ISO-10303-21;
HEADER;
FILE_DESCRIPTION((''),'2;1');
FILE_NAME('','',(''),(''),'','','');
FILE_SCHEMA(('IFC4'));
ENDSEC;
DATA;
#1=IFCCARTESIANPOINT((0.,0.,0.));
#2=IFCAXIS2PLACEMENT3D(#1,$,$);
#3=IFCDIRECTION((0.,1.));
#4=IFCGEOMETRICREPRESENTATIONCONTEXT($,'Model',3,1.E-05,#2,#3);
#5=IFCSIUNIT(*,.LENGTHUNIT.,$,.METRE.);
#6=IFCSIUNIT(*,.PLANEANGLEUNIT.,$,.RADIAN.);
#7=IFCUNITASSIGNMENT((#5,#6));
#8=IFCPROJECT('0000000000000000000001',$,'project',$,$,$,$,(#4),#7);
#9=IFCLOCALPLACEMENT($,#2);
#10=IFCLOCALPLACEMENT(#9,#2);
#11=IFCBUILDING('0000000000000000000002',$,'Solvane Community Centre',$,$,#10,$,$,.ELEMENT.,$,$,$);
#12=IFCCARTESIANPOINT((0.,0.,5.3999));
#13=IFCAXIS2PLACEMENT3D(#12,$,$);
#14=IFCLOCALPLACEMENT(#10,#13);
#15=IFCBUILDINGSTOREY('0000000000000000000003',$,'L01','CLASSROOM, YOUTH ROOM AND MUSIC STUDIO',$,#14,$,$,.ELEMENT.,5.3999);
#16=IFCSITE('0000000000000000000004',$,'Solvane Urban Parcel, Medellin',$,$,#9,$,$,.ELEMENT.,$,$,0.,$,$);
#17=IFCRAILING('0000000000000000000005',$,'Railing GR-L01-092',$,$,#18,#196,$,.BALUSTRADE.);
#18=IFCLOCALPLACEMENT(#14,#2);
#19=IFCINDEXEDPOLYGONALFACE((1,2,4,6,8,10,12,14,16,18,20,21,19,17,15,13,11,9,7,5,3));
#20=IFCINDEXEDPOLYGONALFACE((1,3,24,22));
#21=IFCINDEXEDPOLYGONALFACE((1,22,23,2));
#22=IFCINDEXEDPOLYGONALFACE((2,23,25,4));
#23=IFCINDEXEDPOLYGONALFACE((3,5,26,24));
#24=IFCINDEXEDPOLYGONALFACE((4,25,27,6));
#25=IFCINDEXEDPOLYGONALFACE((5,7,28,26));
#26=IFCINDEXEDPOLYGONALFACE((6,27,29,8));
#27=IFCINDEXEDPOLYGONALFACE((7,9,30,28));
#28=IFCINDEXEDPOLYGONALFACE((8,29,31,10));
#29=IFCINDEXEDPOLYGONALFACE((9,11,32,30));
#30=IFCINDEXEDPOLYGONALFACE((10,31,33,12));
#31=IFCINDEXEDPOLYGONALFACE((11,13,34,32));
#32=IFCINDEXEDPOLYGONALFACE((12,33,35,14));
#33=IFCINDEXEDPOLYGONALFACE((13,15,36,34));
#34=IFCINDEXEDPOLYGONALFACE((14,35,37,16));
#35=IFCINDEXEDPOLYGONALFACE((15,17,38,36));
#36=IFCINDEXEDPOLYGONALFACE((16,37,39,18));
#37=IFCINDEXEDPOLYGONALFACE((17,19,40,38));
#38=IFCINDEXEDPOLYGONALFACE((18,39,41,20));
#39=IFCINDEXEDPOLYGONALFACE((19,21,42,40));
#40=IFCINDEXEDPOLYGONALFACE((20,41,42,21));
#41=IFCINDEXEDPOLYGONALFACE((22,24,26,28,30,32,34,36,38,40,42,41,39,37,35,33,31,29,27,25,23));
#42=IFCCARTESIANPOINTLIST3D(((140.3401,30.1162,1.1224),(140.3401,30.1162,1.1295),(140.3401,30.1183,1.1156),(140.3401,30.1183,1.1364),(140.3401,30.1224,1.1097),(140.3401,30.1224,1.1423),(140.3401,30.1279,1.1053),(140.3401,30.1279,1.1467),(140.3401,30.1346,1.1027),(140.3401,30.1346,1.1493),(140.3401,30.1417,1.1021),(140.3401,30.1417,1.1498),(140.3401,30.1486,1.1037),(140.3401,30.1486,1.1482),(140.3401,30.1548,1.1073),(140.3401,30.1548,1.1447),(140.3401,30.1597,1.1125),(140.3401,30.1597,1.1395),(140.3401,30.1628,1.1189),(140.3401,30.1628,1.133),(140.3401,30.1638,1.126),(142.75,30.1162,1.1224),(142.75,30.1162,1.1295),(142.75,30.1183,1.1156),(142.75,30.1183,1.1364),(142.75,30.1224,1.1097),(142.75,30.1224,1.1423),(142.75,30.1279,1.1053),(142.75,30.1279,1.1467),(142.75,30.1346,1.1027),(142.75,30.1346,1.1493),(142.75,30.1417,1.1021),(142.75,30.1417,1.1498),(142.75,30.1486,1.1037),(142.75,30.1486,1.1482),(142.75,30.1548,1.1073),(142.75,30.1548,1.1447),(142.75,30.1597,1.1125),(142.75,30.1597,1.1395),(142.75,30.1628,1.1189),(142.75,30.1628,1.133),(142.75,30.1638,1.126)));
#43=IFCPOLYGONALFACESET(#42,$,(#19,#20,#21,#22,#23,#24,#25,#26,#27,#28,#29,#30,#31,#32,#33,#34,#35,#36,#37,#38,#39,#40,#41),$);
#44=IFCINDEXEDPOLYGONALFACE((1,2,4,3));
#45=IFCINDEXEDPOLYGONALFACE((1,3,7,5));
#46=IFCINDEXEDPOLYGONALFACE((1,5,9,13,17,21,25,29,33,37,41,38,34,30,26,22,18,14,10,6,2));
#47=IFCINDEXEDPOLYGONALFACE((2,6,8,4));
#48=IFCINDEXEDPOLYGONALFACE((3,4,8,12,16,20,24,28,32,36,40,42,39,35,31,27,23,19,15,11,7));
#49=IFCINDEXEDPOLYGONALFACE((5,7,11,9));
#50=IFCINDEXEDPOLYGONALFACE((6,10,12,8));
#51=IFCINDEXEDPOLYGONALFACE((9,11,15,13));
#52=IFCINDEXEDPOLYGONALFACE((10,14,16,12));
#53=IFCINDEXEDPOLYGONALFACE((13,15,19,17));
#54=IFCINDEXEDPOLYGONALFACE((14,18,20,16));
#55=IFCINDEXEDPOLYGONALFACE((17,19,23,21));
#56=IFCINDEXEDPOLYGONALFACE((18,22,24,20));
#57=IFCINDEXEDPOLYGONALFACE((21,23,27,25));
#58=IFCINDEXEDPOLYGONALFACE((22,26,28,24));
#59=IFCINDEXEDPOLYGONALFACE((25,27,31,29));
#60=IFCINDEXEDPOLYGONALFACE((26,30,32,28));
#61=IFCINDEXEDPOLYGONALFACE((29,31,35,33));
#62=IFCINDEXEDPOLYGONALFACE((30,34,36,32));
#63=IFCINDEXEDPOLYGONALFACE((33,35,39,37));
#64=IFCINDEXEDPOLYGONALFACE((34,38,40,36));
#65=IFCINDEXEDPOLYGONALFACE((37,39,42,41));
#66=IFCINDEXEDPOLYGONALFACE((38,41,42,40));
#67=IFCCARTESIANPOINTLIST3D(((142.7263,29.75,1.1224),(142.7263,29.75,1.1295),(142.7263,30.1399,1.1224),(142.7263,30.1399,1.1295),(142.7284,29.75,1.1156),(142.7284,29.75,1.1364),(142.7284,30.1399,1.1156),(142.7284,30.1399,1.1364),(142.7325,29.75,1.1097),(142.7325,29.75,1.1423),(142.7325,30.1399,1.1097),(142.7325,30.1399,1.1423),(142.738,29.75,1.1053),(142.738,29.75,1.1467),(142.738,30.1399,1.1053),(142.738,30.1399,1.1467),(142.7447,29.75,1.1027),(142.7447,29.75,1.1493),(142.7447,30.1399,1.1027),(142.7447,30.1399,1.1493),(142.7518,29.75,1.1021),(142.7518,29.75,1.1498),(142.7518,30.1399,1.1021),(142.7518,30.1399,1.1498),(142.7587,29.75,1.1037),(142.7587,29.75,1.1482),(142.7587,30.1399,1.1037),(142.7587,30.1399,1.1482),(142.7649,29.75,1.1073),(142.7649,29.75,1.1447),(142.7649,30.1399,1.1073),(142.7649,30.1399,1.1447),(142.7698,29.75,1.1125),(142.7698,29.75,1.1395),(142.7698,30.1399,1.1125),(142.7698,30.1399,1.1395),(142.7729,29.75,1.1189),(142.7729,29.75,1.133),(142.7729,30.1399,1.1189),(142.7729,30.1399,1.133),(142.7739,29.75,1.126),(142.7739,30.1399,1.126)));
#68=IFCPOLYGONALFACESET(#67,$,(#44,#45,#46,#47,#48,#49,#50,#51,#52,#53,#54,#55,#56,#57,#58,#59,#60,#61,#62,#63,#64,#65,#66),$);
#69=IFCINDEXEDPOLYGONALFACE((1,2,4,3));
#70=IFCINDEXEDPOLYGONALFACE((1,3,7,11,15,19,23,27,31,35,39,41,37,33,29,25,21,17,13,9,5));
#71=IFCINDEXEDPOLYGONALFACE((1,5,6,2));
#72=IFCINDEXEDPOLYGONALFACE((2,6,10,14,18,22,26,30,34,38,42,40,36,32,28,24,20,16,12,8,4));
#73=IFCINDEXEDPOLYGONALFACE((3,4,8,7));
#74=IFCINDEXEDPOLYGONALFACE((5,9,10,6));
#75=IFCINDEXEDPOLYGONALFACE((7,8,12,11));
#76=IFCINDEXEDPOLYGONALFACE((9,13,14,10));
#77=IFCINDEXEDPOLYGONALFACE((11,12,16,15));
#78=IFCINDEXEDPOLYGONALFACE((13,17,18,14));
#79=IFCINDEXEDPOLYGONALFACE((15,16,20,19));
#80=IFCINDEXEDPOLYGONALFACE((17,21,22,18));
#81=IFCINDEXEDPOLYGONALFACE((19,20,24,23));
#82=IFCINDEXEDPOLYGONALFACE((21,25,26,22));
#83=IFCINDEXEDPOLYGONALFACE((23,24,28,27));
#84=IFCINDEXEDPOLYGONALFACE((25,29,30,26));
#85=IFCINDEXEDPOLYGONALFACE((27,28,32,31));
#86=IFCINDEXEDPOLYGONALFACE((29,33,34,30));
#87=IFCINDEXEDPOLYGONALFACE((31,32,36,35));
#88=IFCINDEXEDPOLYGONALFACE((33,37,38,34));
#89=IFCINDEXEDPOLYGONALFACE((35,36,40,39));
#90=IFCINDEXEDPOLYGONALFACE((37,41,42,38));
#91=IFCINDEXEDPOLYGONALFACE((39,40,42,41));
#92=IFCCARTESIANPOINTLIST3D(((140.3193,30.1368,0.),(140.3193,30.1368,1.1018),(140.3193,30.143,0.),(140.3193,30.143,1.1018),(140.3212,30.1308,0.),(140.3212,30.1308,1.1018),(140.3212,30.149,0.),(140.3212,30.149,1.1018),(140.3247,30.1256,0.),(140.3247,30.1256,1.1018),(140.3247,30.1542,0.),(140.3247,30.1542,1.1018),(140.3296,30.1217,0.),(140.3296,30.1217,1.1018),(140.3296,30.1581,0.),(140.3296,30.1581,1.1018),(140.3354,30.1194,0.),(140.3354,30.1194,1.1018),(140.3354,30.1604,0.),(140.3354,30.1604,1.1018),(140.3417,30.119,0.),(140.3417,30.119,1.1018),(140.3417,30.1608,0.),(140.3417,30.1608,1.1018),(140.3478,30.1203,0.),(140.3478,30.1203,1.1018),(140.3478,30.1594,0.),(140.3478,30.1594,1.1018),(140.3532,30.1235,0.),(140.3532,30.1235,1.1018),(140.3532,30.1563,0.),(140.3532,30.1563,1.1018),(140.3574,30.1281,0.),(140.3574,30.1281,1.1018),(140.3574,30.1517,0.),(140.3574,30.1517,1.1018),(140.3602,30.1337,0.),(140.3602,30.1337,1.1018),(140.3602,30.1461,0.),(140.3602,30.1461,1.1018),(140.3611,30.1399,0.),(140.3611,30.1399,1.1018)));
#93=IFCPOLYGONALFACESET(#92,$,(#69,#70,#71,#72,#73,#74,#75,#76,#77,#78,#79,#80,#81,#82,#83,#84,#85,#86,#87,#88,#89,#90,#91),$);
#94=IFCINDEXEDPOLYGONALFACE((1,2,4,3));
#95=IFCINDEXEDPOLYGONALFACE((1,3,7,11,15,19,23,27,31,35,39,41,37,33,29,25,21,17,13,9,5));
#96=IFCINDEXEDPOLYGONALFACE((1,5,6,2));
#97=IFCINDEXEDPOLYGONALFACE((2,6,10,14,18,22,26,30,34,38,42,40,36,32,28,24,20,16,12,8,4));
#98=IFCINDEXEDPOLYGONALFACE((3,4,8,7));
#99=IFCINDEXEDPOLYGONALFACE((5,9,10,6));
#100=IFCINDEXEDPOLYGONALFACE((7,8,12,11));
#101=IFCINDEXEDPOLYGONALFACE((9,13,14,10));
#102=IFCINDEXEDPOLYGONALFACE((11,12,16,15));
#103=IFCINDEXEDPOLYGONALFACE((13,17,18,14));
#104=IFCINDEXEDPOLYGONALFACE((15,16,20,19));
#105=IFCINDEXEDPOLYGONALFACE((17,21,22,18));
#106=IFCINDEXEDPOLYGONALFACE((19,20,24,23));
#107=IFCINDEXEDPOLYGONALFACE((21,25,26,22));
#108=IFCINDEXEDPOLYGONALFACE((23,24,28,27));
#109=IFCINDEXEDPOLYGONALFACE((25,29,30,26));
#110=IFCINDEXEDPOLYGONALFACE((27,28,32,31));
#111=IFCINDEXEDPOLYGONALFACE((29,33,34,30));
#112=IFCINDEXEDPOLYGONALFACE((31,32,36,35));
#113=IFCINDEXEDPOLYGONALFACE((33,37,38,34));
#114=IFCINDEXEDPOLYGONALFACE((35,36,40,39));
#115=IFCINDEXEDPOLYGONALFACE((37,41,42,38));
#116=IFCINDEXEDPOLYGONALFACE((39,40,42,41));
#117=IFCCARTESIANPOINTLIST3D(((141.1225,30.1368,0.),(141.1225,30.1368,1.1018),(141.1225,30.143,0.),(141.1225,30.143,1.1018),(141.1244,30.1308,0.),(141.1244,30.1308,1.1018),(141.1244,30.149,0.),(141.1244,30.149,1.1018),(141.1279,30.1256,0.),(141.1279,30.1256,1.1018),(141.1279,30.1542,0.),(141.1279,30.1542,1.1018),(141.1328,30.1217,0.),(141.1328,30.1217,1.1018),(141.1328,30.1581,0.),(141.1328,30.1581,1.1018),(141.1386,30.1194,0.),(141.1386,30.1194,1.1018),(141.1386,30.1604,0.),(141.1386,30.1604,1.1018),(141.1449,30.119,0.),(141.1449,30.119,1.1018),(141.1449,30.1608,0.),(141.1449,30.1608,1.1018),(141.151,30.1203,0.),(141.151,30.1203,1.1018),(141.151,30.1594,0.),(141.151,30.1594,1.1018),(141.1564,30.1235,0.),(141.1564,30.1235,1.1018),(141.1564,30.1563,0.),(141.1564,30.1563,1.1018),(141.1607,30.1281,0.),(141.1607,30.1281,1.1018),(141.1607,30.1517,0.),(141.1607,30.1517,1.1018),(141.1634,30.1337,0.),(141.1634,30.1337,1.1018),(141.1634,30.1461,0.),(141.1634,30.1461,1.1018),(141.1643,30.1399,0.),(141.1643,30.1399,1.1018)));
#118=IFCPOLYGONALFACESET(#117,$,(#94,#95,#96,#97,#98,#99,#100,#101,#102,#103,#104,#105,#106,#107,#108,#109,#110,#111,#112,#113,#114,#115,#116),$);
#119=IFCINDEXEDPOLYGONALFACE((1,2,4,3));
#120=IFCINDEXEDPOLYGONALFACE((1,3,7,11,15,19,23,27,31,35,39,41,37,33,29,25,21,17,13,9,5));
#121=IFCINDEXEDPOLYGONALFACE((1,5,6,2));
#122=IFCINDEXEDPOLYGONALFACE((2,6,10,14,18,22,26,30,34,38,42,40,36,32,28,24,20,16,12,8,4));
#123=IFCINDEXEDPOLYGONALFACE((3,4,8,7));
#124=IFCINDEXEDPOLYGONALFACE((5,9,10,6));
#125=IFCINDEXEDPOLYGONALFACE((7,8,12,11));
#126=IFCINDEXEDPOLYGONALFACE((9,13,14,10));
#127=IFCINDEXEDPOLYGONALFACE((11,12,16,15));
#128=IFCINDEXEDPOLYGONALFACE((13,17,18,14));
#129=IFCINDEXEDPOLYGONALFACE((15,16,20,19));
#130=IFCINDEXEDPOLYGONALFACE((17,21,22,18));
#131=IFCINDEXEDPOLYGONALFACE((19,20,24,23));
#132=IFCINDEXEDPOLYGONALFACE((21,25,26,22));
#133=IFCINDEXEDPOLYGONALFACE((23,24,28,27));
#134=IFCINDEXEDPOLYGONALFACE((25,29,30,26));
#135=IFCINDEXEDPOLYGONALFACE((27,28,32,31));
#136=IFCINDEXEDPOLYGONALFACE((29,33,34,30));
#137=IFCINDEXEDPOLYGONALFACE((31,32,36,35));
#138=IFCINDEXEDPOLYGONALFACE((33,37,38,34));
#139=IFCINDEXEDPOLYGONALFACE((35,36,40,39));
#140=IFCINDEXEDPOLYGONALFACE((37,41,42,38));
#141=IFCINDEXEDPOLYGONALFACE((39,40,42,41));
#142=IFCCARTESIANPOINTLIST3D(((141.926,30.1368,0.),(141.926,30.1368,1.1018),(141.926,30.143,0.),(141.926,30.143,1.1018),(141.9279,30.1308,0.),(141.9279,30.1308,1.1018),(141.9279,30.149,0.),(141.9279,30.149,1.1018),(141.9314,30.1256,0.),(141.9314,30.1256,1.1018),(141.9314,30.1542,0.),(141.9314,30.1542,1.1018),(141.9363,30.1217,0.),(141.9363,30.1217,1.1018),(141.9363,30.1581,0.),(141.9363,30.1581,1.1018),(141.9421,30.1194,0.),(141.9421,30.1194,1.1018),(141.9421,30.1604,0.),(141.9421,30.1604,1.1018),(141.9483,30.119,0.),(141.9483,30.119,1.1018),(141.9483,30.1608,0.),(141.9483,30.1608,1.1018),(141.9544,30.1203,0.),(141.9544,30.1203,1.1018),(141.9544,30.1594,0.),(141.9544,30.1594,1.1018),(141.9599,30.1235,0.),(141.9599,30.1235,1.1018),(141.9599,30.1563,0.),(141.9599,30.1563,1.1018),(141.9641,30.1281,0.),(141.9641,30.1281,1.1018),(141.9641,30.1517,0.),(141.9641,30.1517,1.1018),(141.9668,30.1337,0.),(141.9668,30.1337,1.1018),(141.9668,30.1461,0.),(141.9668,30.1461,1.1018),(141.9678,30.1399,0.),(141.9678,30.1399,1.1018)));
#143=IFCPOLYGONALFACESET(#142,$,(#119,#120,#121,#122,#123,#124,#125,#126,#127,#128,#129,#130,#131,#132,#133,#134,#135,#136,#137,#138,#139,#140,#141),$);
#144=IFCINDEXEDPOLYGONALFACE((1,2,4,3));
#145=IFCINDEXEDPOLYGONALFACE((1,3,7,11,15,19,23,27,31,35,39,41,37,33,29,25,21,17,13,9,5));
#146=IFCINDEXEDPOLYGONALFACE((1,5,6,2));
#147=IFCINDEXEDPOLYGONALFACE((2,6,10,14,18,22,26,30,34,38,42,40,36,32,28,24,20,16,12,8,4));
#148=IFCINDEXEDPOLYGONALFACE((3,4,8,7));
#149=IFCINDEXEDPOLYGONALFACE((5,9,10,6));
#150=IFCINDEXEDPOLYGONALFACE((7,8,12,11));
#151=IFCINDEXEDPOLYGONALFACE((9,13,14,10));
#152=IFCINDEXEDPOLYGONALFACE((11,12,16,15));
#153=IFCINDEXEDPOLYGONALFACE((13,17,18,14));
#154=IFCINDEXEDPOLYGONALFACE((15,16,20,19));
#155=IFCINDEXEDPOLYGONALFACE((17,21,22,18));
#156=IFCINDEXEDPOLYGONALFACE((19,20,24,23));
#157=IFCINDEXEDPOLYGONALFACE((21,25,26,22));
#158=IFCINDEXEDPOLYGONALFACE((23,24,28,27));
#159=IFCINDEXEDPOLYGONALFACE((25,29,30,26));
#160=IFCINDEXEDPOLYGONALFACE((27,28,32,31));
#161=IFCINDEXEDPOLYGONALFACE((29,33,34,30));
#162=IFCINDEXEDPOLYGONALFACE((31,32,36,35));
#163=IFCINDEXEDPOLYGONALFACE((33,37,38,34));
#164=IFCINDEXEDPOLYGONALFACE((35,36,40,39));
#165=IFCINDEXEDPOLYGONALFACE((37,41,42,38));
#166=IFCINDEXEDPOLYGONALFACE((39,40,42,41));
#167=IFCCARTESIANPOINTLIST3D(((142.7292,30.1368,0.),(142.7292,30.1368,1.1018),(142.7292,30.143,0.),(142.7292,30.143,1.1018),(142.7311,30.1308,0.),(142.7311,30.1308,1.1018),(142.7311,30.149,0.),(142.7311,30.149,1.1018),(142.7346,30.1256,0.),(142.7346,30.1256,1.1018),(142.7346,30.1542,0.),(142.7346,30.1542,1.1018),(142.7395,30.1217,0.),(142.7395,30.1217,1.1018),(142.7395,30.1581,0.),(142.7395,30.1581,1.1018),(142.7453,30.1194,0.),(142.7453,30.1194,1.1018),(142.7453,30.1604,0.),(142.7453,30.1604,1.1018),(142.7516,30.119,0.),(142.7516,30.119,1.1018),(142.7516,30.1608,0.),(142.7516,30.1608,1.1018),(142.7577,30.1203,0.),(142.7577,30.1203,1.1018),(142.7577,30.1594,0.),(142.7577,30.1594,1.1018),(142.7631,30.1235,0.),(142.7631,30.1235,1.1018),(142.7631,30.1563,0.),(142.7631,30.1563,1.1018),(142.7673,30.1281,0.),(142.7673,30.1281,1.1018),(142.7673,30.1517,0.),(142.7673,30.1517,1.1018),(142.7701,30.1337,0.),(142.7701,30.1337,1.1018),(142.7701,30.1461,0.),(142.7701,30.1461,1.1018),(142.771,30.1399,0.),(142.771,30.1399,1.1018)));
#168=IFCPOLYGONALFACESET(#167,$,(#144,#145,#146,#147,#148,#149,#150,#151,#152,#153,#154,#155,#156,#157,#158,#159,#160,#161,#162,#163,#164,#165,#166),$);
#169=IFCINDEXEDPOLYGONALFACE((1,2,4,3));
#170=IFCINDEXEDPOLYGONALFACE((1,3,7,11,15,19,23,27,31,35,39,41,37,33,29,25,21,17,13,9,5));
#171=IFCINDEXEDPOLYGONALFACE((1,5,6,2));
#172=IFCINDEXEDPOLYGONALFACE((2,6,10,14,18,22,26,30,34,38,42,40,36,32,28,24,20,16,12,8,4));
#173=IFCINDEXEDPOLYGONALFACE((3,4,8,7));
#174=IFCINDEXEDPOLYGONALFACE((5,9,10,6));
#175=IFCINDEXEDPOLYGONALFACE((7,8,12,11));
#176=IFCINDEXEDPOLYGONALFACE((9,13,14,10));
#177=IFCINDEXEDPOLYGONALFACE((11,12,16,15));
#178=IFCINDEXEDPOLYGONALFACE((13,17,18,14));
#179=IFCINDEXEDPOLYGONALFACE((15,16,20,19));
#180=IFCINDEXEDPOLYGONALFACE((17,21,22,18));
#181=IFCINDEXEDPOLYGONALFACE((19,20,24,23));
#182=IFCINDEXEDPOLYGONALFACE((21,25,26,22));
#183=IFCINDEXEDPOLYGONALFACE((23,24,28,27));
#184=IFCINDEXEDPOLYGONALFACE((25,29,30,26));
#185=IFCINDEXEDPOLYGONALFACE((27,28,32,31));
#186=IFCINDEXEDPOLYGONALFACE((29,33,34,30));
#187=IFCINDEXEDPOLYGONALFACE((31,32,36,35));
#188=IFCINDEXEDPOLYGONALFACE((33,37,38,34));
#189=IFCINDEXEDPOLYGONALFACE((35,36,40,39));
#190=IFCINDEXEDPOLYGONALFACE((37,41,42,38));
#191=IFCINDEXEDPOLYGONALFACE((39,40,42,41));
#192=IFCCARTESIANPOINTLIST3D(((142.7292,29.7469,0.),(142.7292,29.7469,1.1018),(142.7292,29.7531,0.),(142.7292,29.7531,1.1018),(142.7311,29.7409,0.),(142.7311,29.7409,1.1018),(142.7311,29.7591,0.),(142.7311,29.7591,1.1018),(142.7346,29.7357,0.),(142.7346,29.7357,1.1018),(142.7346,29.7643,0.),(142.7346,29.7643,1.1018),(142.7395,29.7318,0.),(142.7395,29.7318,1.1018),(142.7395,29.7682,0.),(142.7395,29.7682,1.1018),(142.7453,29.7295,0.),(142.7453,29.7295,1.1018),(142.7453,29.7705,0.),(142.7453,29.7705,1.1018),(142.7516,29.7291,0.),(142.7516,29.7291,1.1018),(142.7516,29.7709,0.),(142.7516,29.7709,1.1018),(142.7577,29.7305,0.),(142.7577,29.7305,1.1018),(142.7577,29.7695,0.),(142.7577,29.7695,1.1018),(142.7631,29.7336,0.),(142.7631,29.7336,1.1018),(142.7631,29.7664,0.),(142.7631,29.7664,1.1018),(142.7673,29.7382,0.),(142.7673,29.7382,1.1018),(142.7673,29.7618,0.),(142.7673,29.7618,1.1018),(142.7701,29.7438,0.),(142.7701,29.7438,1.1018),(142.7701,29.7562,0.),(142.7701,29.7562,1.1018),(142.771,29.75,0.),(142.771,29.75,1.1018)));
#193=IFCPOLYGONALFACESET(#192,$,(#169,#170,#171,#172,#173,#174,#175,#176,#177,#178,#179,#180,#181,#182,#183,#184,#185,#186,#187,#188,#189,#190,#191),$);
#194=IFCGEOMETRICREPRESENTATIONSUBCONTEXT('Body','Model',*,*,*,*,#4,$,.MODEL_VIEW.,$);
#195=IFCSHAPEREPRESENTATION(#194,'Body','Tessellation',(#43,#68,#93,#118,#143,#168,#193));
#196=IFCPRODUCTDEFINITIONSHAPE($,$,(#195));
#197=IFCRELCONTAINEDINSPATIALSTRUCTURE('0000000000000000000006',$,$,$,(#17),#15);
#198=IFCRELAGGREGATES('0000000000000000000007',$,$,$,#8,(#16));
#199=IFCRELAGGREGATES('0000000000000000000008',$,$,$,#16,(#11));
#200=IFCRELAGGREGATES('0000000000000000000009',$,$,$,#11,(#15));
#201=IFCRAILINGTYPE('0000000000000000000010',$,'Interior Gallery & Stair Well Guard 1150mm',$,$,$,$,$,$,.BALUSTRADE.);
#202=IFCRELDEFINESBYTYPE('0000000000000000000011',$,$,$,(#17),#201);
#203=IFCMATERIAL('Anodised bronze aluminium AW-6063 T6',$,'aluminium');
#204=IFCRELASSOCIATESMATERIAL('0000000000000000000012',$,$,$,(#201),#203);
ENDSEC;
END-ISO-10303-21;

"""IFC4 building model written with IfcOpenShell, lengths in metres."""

from ifc_helpers import new_model, si_unit, direction, frame, origin, origin_2d, place, context, subcontext, project, spatial, circle, extrude, material, type_object, element, save


model = new_model("IFC4")

# Units and contexts
model_context = context("Model", 3, precision=1e-05, world=origin(), true_north=direction((0.0, 1.0)))
body_context = subcontext(model_context, "Body", "Model", "MODEL_VIEW")
ifc_project = project(units=[si_unit("LENGTHUNIT", "METRE"), si_unit("PLANEANGLEUNIT", "RADIAN")], contexts=[model_context])

# Site, building, storey
site_placement = place(None, origin())
site = spatial("IfcSite", under=ifc_project, at=site_placement, Name="Solvane Urban Parcel, Medellin", CompositionType="ELEMENT", RefElevation=0.0)
building_placement = place(site_placement, origin())
building = spatial("IfcBuilding", under=site, at=building_placement, Name="Solvane Community Centre", CompositionType="ELEMENT")
storey_placement = place(building_placement, frame((0.0, 0.0, 5.3999)))
storey = spatial("IfcBuildingStorey", under=building, at=storey_placement, Name="L01", Description="CLASSROOM, YOUTH ROOM AND MUSIC STUDIO", CompositionType="ELEMENT", Elevation=5.3999)

# Railing
ifc_material_1 = material(Name="Anodised bronze aluminium AW-6063 T6", Category="aluminium")
railing_type_1 = type_object("IfcRailingType", Name="Interior Gallery & Stair Well Guard 1150mm", PredefinedType="BALUSTRADE", material=ifc_material_1)
railing_1_placement = place(storey_placement, frame((140.3401, 30.1399, 0.0)))
element("IfcRailing", 1, at=railing_1_placement, inside=storey, type_object=railing_type_1, Name="Railing GR-L01-092", PredefinedType="BALUSTRADE", context=body_context, shape_type="SweptSolid", body=[
    extrude(circle(Radius=0.0239, at=origin_2d()), frame((0.0, 0.0, 1.126), z_axis=(1.0, 0.0, 0.0), x_axis=(0.0, 1.0, 0.0)), (0.0, 0.0, 1.0), 2.4099),
    extrude(circle(Radius=0.0239, at=origin_2d()), frame((2.4099, 0.0, 1.126), z_axis=(0.0, -1.0, 0.0), x_axis=(1.0, 0.0, 0.0)), (0.0, 0.0, 1.0), 0.3899),
    extrude(circle(Radius=0.021, at=origin_2d()), origin(), (0.0, 0.0, 1.0), 1.1018),
    extrude(circle(Radius=0.021, at=origin_2d()), frame((0.8032, 0.0, 0.0)), (0.0, 0.0, 1.0), 1.1018),
    extrude(circle(Radius=0.021, at=origin_2d()), frame((1.6067, 0.0, 0.0)), (0.0, 0.0, 1.0), 1.1018),
    extrude(circle(Radius=0.021, at=origin_2d()), frame((2.4099, 0.0, 0.0)), (0.0, 0.0, 1.0), 1.1018),
    extrude(circle(Radius=0.021, at=origin_2d()), frame((2.4099, -0.3899, 0.0)), (0.0, 0.0, 1.0), 1.1018),
])

save(model, "model.ifc")
